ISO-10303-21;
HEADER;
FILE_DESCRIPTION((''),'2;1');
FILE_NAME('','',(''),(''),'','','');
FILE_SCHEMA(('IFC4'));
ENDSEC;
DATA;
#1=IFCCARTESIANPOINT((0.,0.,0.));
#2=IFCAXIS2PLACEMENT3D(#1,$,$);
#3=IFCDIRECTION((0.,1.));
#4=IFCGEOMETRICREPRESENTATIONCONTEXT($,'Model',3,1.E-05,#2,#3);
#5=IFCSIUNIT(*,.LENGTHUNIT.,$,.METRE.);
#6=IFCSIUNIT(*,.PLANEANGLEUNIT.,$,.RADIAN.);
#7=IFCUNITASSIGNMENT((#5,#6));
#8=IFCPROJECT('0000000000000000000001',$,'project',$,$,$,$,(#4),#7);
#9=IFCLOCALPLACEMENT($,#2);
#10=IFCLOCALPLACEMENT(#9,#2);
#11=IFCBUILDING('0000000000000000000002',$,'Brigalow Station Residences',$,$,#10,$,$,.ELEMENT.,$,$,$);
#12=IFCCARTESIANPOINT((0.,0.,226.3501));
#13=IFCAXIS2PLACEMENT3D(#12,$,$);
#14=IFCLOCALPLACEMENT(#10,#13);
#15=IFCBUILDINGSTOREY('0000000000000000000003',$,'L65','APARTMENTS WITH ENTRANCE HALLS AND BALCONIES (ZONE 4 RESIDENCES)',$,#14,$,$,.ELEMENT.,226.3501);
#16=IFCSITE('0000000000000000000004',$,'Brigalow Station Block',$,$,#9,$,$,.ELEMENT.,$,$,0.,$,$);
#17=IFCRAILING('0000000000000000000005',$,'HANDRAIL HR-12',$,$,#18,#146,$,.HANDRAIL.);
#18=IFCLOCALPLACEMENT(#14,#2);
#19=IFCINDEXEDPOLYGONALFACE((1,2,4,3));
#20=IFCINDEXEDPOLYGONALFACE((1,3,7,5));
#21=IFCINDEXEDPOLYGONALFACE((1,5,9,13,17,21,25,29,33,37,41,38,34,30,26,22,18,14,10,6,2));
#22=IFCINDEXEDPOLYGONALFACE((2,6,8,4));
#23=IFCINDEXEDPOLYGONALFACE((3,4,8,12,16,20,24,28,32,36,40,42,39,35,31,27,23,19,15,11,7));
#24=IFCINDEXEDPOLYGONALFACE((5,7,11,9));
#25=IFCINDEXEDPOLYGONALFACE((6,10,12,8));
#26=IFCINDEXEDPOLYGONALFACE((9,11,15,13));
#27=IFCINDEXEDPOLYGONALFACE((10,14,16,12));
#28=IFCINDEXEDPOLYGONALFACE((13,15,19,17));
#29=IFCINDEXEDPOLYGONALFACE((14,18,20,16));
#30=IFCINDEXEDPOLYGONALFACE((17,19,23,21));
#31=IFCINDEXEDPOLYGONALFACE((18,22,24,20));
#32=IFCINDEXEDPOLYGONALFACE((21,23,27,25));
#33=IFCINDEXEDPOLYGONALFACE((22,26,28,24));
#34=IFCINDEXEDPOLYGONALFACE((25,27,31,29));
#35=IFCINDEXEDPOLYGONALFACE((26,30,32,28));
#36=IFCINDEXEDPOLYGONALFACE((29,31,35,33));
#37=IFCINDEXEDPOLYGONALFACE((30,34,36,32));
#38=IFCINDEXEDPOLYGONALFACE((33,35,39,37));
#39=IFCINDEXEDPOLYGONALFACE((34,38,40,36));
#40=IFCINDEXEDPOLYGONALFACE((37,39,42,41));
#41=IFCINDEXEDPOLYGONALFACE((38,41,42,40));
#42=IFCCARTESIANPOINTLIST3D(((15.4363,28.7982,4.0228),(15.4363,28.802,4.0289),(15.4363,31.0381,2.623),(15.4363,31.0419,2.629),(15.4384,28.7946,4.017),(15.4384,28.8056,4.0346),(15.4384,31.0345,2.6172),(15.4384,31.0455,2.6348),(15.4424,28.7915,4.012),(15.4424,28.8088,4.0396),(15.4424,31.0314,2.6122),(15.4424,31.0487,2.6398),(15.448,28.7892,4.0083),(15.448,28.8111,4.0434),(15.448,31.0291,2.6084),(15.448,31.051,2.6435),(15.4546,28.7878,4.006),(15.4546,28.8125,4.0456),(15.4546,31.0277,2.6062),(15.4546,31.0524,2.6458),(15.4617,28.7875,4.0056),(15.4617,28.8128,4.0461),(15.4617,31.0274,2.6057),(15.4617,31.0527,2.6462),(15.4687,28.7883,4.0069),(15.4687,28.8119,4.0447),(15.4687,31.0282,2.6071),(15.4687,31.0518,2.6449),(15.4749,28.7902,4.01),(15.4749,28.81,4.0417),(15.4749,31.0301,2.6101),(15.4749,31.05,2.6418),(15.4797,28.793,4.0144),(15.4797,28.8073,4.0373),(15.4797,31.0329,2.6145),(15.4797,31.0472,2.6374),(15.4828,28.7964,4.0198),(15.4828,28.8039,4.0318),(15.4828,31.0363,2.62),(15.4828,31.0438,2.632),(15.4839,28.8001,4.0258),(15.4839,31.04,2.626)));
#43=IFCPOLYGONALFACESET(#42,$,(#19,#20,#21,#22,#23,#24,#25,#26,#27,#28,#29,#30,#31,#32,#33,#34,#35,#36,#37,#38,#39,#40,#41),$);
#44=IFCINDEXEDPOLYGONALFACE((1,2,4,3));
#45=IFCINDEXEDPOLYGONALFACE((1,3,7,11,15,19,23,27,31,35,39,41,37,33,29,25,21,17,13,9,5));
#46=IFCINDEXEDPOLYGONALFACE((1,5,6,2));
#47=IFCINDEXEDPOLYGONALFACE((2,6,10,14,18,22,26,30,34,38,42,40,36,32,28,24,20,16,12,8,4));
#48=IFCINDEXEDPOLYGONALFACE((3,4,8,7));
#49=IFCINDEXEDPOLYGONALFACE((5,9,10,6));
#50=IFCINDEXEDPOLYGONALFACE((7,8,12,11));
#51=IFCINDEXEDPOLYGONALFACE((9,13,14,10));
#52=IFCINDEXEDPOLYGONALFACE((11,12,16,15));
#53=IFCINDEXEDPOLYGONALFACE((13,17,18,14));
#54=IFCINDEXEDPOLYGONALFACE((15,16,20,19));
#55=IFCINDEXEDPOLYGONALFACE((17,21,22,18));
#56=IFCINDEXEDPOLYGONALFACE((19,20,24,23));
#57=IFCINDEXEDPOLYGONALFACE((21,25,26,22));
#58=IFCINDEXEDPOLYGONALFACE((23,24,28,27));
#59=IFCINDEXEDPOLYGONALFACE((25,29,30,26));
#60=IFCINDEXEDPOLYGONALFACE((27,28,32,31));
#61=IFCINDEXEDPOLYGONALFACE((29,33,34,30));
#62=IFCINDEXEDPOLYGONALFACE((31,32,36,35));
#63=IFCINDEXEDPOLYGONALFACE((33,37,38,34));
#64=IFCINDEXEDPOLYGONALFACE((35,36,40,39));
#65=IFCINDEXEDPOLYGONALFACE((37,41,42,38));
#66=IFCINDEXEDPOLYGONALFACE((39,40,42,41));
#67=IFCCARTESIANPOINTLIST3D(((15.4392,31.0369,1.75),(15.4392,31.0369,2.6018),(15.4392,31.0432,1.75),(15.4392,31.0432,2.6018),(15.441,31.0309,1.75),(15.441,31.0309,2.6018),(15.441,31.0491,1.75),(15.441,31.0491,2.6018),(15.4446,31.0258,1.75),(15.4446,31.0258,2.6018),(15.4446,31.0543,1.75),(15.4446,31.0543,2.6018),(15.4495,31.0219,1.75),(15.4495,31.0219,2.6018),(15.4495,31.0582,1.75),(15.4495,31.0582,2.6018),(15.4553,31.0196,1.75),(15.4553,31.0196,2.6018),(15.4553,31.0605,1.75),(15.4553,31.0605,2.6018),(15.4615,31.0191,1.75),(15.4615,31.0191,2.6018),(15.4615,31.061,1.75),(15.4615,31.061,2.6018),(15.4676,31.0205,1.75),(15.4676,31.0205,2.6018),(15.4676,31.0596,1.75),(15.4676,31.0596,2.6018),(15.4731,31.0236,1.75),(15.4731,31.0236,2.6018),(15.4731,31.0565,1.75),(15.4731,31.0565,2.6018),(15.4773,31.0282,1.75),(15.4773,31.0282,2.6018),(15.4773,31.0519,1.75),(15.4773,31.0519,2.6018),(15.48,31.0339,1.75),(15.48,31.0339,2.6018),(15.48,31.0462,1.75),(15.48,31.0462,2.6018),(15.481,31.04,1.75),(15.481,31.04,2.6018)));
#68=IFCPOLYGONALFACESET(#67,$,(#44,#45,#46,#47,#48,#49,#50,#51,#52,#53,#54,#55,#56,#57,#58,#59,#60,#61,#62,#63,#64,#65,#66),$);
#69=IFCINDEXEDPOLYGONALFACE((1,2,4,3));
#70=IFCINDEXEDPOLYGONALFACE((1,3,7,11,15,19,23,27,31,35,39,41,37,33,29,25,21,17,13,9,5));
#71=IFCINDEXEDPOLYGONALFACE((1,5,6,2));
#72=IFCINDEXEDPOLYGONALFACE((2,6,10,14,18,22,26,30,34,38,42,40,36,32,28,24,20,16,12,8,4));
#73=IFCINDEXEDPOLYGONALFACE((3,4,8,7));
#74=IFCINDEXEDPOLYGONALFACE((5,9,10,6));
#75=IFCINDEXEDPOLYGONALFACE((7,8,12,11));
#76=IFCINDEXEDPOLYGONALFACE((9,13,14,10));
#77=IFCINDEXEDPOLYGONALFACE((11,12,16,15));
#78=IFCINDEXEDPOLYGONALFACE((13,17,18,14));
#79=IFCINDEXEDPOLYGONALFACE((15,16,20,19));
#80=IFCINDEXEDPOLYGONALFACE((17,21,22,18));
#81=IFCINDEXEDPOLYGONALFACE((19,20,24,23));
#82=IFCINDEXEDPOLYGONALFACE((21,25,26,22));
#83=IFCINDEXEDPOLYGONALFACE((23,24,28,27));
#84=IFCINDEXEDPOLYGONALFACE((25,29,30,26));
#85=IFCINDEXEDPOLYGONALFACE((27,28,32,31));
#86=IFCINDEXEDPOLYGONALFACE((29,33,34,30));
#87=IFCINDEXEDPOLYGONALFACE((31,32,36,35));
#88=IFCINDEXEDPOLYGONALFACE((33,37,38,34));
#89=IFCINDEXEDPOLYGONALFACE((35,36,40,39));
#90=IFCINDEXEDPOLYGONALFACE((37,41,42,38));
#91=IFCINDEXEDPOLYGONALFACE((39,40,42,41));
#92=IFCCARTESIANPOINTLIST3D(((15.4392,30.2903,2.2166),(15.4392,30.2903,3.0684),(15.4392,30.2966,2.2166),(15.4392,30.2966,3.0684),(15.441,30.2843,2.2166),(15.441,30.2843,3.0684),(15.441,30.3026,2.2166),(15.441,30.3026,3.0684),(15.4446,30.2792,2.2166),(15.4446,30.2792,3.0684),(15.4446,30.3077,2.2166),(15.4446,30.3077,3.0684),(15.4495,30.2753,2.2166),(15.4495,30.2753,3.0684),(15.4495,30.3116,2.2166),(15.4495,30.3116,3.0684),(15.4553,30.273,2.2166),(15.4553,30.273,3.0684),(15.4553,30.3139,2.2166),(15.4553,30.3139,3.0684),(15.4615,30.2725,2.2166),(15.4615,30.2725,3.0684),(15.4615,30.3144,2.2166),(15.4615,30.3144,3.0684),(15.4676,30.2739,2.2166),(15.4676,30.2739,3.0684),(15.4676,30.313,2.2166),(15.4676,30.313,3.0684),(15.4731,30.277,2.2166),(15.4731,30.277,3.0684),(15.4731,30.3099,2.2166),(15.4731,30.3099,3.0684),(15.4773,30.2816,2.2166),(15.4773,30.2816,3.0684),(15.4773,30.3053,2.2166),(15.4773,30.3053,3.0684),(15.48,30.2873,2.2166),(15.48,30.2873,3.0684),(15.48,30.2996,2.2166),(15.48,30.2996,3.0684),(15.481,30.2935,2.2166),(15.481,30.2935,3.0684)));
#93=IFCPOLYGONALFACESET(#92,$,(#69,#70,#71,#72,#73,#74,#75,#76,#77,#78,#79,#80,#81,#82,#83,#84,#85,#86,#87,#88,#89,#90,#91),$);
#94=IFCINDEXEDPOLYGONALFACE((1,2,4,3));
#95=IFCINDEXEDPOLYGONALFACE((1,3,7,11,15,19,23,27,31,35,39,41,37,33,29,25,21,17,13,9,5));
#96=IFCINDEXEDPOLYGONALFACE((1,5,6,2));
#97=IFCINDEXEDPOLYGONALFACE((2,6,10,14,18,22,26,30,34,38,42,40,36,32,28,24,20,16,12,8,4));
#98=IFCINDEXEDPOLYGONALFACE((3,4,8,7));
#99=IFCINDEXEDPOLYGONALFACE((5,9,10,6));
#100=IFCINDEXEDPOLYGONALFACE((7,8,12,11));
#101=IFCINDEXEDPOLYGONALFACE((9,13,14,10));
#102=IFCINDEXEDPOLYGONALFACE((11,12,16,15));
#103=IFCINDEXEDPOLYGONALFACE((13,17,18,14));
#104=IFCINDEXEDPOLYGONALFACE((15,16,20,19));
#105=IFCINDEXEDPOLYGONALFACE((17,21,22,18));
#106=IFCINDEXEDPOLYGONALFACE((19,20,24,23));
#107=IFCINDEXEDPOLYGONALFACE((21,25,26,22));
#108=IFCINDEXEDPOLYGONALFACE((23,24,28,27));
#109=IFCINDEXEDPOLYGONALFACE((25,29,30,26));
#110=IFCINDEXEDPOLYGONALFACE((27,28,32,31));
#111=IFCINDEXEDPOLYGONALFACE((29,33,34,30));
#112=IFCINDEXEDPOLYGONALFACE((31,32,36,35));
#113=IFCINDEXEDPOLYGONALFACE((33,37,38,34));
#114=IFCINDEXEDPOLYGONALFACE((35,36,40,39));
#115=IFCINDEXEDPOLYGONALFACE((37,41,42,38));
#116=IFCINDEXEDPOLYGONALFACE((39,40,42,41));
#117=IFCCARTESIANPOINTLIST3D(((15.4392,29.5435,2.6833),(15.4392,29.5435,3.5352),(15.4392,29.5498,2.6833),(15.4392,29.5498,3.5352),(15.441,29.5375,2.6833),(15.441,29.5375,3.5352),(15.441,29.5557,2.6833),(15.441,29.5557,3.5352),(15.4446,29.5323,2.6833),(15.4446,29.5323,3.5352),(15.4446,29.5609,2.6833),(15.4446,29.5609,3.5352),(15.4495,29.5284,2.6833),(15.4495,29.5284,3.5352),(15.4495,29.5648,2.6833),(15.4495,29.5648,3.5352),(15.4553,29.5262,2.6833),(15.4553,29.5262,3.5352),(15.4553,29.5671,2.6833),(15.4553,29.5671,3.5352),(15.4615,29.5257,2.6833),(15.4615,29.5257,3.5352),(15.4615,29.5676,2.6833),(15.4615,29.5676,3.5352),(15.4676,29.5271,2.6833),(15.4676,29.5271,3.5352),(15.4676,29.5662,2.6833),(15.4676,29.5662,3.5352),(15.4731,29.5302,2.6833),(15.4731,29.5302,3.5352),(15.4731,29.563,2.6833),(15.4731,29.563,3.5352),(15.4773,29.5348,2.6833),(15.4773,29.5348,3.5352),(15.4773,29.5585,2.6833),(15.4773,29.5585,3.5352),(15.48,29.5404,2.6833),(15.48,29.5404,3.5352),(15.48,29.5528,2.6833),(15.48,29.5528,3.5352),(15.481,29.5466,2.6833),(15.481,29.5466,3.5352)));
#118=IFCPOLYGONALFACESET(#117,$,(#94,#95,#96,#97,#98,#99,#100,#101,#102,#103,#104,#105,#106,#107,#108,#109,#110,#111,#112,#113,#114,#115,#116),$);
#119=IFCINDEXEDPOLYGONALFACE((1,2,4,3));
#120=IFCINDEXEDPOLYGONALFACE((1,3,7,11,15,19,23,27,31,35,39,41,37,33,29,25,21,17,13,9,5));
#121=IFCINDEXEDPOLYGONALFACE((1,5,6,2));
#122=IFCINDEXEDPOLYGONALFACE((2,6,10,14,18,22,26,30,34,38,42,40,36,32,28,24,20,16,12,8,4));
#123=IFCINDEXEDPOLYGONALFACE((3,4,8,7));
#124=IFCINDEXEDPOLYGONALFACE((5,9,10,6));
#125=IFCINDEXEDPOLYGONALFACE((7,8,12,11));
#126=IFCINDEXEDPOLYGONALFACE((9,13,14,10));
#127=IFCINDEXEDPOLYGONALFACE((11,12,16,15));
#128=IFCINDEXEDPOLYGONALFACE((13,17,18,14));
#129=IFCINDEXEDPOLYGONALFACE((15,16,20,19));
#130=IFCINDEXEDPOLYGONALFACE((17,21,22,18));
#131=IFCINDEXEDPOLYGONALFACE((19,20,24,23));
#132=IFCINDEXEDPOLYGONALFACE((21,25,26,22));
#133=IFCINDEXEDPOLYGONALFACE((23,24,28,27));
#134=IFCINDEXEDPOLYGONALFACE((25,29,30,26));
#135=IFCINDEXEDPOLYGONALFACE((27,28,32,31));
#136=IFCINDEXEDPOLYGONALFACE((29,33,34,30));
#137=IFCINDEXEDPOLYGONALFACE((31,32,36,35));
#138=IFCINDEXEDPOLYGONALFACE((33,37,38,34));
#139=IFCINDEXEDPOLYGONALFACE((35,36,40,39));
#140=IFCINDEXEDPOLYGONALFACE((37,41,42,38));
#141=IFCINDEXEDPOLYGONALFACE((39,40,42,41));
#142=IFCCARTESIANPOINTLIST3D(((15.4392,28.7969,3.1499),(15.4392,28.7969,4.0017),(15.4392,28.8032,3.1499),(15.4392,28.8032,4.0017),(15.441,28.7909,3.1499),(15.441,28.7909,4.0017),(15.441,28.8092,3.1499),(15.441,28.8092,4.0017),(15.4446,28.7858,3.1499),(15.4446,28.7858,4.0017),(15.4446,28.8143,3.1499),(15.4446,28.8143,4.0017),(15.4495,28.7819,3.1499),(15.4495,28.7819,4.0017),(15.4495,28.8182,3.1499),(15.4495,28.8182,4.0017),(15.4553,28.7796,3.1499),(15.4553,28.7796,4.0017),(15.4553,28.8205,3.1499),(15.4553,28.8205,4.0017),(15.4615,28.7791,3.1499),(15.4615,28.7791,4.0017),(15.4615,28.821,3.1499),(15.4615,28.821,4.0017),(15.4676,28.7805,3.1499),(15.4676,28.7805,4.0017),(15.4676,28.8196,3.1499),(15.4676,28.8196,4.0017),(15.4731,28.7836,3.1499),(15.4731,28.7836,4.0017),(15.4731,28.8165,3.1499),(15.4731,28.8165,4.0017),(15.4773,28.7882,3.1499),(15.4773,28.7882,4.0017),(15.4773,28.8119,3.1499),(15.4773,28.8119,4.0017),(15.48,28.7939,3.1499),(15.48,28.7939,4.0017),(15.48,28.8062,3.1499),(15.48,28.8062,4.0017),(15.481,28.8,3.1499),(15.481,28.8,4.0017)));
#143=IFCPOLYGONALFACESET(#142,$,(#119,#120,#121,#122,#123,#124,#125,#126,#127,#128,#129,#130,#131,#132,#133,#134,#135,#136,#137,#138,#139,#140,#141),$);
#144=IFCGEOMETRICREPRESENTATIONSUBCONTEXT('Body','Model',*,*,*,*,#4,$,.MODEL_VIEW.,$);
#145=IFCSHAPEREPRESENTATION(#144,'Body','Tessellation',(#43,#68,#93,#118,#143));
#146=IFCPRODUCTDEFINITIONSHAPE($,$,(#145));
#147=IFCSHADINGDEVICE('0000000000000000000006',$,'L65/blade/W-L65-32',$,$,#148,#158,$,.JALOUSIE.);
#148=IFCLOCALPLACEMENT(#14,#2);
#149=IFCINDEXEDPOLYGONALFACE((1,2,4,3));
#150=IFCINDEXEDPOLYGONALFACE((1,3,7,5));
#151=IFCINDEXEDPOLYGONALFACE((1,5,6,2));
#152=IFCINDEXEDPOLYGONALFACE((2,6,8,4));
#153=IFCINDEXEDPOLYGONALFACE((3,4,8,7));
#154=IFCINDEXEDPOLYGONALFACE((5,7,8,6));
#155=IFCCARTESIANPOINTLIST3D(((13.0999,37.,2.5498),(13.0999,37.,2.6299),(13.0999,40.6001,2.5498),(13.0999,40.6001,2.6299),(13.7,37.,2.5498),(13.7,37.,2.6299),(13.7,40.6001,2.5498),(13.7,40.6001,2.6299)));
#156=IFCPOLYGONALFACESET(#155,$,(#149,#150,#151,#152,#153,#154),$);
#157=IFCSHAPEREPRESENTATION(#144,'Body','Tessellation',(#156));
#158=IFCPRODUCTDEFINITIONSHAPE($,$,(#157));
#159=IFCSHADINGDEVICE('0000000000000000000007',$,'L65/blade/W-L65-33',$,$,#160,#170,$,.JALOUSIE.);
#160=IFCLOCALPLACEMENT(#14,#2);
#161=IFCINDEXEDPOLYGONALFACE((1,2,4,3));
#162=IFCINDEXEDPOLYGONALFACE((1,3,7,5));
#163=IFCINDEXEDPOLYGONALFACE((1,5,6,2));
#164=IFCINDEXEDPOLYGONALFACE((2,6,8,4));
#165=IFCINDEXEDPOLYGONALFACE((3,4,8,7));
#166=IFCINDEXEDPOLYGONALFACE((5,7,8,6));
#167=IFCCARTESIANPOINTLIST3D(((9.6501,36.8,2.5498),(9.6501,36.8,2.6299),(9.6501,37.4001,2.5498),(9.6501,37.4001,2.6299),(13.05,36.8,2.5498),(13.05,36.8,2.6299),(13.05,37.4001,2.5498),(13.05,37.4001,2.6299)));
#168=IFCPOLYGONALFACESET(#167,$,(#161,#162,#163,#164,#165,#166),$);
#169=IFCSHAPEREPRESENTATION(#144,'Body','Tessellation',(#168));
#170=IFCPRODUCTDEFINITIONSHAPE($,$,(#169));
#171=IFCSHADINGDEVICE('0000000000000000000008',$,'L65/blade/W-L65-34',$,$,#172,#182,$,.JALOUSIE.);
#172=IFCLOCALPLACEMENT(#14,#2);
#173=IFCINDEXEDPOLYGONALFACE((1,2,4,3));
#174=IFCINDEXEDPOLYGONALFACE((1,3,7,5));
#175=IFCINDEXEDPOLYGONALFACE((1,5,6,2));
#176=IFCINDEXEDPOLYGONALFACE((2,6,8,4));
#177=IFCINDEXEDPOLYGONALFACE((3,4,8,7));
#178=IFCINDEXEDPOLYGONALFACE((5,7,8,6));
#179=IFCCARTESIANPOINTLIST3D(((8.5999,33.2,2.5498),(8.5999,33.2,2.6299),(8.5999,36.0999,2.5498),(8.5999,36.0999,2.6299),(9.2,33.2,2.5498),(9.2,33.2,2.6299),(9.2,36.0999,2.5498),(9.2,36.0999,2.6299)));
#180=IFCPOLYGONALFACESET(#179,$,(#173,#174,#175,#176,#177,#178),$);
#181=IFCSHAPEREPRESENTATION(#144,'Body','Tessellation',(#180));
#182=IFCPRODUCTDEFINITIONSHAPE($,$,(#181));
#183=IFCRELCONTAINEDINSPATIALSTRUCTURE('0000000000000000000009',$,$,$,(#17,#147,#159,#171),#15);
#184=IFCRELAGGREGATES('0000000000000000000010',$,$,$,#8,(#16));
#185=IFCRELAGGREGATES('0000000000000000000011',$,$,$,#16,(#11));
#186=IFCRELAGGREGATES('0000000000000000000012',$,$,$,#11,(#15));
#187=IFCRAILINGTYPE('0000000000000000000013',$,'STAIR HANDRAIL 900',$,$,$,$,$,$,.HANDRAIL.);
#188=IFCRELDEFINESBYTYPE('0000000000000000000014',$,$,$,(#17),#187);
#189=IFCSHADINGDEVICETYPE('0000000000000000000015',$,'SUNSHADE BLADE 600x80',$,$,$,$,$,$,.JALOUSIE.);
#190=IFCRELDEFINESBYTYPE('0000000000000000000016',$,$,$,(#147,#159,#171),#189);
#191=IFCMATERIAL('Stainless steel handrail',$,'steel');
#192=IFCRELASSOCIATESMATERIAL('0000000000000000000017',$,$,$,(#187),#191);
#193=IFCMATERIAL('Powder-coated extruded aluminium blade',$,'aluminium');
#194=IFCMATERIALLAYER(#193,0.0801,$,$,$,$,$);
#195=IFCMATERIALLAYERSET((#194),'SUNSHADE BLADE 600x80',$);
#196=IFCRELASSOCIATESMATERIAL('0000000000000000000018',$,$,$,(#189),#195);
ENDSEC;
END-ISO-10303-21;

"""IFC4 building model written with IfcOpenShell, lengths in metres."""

from ifc_helpers import new_model, si_unit, direction, frame, origin, origin_2d, place, context, subcontext, project, spatial, rectangle, circle, extrude, material, layer, layer_set, type_object, element, save


model = new_model("IFC4")

# Units and contexts
model_context = context("Model", 3, precision=1e-05, world=origin(), true_north=direction((0.0, 1.0)))
body_context = subcontext(model_context, "Body", "Model", "MODEL_VIEW")
ifc_project = project(units=[si_unit("LENGTHUNIT", "METRE"), si_unit("PLANEANGLEUNIT", "RADIAN")], contexts=[model_context])

# Site, building, storey
site_placement = place(None, origin())
site = spatial("IfcSite", under=ifc_project, at=site_placement, Name="Brigalow Station Block", CompositionType="ELEMENT", RefElevation=0.0)
building_placement = place(site_placement, origin())
building = spatial("IfcBuilding", under=site, at=building_placement, Name="Brigalow Station Residences", CompositionType="ELEMENT")
storey_placement = place(building_placement, frame((0.0, 0.0, 226.3501)))
storey = spatial("IfcBuildingStorey", under=building, at=storey_placement, Name="L65", Description="APARTMENTS WITH ENTRANCE HALLS AND BALCONIES (ZONE 4 RESIDENCES)", CompositionType="ELEMENT", Elevation=226.3501)

# Railing
ifc_material_1 = material(Name="Stainless steel handrail", Category="steel")
railing_type = type_object("IfcRailingType", Name="STAIR HANDRAIL 900", PredefinedType="HANDRAIL", material=ifc_material_1)
railing_placement = place(storey_placement, frame((15.46, 31.04, 1.75)))
element("IfcRailing", 1, at=railing_placement, inside=storey, type_object=railing_type, Name="HANDRAIL HR-12", PredefinedType="HANDRAIL", context=body_context, shape_type="SweptSolid", body=[
    extrude(circle(Radius=0.0239, at=origin_2d()), frame((0.0, 0.0, 0.876), z_axis=(0.0, -0.848014, 0.529974), x_axis=(1.0, 0.0, 0.0)), (0.0, 0.0, 1.0), 2.6414),
    extrude(circle(Radius=0.021, at=origin_2d()), origin(), (0.0, 0.0, 1.0), 0.8518),
    extrude(circle(Radius=0.021, at=origin_2d()), frame((0.0, -0.7466, 0.4666)), (0.0, 0.0, 1.0), 0.8518),
    extrude(circle(Radius=0.021, at=origin_2d()), frame((0.0, -1.4934, 0.9333)), (0.0, 0.0, 1.0), 0.8518),
    extrude(circle(Radius=0.021, at=origin_2d()), frame((0.0, -2.24, 1.3999)), (0.0, 0.0, 1.0), 0.8518),
])

# Shading devices
ifc_material_2 = material(Name="Powder-coated extruded aluminium blade", Category="aluminium")
ifc_layer_1 = layer(ifc_material_2, 0.0801)
ifc_layer_set_1 = layer_set([ifc_layer_1], Name="SUNSHADE BLADE 600x80")
shading_device_type = type_object("IfcShadingDeviceType", Name="SUNSHADE BLADE 600x80", PredefinedType="JALOUSIE", material=ifc_layer_set_1)
shading_device_1_placement = place(storey_placement, frame((13.3999, 38.8, 2.5498), z_axis=(0.0, 0.0, 1.0), x_axis=(0.0, -1.0, 0.0)))
element("IfcShadingDevice", 2, at=shading_device_1_placement, inside=storey, type_object=shading_device_type, Name="L65/blade/W-L65-32", PredefinedType="JALOUSIE", context=body_context, shape_type="SweptSolid", body=[
    extrude(rectangle(XDim=3.6001, YDim=0.6001, at=origin_2d()), origin(), (0.0, 0.0, 1.0), 0.0801),
])
shading_device_2_placement = place(storey_placement, frame((11.3501, 37.1001, 2.5498), z_axis=(0.0, 0.0, 1.0), x_axis=(-1.0, 0.0, 0.0)))
element("IfcShadingDevice", 3, at=shading_device_2_placement, inside=storey, type_object=shading_device_type, Name="L65/blade/W-L65-33", PredefinedType="JALOUSIE", context=body_context, shape_type="SweptSolid", body=[
    extrude(rectangle(XDim=3.3999, YDim=0.6001, at=origin_2d()), origin(), (0.0, 0.0, 1.0), 0.0801),
])
shading_device_3_placement = place(storey_placement, frame((8.8999, 34.6499, 2.5498), z_axis=(0.0, 0.0, 1.0), x_axis=(0.0, -1.0, 0.0)))
element("IfcShadingDevice", 4, at=shading_device_3_placement, inside=storey, type_object=shading_device_type, Name="L65/blade/W-L65-34", PredefinedType="JALOUSIE", context=body_context, shape_type="SweptSolid", body=[
    extrude(rectangle(XDim=2.8999, YDim=0.6001, at=origin_2d()), origin(), (0.0, 0.0, 1.0), 0.0801),
])

save(model, "model.ifc")
